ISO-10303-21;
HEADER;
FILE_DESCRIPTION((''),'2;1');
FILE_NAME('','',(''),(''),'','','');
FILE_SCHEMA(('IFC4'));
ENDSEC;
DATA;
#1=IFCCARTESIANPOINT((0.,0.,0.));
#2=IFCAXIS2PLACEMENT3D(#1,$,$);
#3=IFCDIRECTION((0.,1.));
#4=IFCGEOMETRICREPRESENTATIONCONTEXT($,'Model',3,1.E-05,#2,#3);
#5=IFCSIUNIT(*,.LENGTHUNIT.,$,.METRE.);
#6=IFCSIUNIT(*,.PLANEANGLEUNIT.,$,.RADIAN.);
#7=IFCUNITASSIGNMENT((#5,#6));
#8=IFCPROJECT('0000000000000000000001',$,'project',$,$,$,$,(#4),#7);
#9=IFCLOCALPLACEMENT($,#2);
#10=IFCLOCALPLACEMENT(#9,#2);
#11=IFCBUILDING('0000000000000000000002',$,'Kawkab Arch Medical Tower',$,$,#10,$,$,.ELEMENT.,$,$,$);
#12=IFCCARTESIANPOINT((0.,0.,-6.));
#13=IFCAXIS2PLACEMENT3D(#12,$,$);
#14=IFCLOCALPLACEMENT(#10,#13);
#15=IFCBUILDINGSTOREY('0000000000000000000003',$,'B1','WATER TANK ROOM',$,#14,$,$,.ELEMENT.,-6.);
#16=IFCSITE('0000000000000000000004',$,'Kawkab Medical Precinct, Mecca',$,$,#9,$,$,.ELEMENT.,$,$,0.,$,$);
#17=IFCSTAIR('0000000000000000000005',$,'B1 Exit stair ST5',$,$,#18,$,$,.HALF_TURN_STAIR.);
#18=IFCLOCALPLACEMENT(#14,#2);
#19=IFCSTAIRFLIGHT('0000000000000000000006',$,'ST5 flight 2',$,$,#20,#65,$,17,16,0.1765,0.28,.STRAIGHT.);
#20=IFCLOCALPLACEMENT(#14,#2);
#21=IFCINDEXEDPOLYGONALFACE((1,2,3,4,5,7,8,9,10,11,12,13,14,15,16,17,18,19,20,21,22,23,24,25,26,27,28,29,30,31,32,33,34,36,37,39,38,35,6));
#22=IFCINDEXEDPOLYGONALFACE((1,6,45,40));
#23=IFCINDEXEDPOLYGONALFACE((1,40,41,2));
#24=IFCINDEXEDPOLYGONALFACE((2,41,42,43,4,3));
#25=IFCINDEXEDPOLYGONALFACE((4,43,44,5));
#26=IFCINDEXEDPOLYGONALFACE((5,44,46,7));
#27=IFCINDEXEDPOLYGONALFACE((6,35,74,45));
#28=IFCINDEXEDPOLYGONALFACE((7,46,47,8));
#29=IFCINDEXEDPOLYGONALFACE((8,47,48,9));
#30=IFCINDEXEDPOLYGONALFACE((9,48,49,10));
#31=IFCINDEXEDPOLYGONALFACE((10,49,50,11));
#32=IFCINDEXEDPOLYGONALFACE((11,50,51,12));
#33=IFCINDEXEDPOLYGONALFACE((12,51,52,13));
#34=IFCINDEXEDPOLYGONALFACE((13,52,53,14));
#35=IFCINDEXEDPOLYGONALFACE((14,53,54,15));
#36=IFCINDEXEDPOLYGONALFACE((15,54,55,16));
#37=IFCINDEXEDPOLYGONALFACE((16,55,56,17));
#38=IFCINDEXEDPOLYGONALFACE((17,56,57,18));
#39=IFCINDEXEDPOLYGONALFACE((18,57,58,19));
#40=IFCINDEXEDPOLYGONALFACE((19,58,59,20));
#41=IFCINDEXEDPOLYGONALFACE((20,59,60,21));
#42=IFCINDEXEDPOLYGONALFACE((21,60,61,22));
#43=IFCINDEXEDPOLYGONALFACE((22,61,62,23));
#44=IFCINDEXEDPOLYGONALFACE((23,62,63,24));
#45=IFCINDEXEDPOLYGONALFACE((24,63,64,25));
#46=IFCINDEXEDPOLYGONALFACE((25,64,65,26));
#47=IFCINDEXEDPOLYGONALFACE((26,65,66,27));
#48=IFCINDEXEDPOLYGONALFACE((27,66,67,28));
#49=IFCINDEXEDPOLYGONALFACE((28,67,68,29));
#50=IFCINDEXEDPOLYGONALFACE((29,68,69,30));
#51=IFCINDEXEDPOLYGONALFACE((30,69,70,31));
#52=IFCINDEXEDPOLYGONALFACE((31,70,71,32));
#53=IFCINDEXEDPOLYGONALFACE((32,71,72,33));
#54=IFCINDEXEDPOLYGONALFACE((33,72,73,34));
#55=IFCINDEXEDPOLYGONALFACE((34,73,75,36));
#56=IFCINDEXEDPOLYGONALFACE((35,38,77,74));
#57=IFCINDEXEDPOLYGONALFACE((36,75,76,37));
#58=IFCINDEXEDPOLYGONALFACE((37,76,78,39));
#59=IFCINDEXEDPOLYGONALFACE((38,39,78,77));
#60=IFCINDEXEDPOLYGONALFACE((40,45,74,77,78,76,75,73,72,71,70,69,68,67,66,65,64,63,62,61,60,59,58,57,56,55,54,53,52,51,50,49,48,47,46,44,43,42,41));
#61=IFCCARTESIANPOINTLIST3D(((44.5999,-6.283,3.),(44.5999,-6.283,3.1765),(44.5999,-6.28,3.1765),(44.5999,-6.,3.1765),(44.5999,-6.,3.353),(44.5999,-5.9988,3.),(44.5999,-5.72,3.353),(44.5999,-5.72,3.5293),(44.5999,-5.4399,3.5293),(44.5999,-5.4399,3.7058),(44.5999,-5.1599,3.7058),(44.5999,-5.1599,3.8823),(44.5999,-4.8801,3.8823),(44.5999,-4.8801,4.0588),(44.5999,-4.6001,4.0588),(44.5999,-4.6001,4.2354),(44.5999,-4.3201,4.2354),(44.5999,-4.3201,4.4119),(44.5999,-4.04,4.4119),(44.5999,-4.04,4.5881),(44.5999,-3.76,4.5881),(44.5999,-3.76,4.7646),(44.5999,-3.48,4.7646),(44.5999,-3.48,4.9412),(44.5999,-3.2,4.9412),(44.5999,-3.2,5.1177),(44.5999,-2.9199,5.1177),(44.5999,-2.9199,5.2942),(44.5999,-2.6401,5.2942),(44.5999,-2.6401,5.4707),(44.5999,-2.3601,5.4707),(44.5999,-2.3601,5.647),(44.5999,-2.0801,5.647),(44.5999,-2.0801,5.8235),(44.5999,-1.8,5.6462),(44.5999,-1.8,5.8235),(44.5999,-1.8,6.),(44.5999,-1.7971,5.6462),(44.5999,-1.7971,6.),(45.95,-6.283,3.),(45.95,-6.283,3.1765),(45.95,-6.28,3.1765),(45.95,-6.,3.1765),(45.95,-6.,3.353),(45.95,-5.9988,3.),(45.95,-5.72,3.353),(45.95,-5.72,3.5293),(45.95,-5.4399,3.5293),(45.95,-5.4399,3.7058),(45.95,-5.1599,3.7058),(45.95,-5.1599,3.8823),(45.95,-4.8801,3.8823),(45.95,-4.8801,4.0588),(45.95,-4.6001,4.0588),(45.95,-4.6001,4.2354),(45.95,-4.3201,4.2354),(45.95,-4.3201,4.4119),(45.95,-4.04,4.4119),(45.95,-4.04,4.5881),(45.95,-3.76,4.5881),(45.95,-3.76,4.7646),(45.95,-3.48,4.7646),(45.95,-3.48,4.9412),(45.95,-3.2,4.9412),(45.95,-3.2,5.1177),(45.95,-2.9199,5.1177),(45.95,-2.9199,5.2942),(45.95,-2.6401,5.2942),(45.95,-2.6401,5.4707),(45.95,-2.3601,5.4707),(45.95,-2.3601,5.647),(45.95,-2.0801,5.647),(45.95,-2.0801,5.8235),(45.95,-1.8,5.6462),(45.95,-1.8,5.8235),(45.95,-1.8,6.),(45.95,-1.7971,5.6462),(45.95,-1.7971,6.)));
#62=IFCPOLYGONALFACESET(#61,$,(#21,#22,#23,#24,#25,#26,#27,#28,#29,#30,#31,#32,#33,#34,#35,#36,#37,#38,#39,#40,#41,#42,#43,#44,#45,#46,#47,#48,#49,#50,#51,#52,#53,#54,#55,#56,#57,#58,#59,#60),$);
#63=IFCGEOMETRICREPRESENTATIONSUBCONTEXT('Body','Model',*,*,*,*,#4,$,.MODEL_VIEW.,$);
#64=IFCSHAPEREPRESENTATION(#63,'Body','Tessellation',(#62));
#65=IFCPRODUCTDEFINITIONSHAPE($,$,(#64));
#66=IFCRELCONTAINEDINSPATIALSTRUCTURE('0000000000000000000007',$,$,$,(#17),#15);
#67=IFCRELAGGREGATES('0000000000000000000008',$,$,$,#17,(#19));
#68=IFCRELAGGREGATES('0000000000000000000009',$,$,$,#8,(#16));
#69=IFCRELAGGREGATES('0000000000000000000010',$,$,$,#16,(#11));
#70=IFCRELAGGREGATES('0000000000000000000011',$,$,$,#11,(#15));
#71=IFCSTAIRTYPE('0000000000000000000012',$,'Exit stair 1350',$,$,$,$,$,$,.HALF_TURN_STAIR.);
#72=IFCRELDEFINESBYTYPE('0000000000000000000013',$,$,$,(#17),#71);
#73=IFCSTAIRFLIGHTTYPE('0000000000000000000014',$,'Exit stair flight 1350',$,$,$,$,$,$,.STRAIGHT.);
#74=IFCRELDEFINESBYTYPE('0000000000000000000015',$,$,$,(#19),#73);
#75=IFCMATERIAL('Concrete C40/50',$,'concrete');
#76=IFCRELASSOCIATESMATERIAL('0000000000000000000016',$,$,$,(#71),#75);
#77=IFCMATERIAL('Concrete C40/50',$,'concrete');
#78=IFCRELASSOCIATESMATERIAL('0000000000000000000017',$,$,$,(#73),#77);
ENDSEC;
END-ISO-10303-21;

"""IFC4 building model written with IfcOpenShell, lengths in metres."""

from ifc_helpers import new_model, si_unit, direction, frame, origin, place, context, subcontext, project, spatial, polyline, outline, extrude, material, type_object, element, aggregate, save


model = new_model("IFC4")

# Units and contexts
model_context = context("Model", 3, precision=1e-05, world=origin(), true_north=direction((0.0, 1.0)))
body_context = subcontext(model_context, "Body", "Model", "MODEL_VIEW")
ifc_project = project(units=[si_unit("LENGTHUNIT", "METRE"), si_unit("PLANEANGLEUNIT", "RADIAN")], contexts=[model_context])

# Site, building, storey
site_placement = place(None, origin())
site = spatial("IfcSite", under=ifc_project, at=site_placement, Name="Kawkab Medical Precinct, Mecca", CompositionType="ELEMENT", RefElevation=0.0)
building_placement = place(site_placement, origin())
building = spatial("IfcBuilding", under=site, at=building_placement, Name="Kawkab Arch Medical Tower", CompositionType="ELEMENT")
storey_placement = place(building_placement, frame((0.0, 0.0, -6.0)))
storey = spatial("IfcBuildingStorey", under=building, at=storey_placement, Name="B1", Description="WATER TANK ROOM", CompositionType="ELEMENT", Elevation=-6.0)

# Stair, stair flight
ifc_material_1 = material(Name="Concrete C40/50", Category="concrete")
stair_type = type_object("IfcStairType", Name="Exit stair 1350", PredefinedType="HALF_TURN_STAIR", material=ifc_material_1)
stair_placement = place(storey_placement, origin())
stair = element("IfcStair", 1, at=stair_placement, inside=storey, type_object=stair_type, Name="B1 Exit stair ST5", PredefinedType="HALF_TURN_STAIR")
ifc_material_2 = material(Name="Concrete C40/50", Category="concrete")
stair_flight_type = type_object("IfcStairFlightType", Name="Exit stair flight 1350", PredefinedType="STRAIGHT", material=ifc_material_2)
stair_flight_1_placement = place(storey_placement, frame((45.2749, -6.28, 3.0), z_axis=(0.0, 0.0, 1.0), x_axis=(0.0, 1.0, 0.0)))
stair_flight_1 = element("IfcStairFlight", 2, at=stair_flight_1_placement, type_object=stair_flight_type, Name="ST5 flight 2", NumberOfRisers=17, NumberOfTreads=16, PredefinedType="STRAIGHT", RiserHeight=0.1765, TreadLength=0.28, context=body_context, shape_type="SweptSolid", body=[
    extrude(outline(polyline([(-0.0029, 0.0), (-0.0029, 0.1765), (0.0, 0.1765), (0.28, 0.1765), (0.28, 0.353), (0.5601, 0.353), (0.5601, 0.5293), (0.8401, 0.5293), (0.8401, 0.7058), (1.1201, 0.7058), (1.1201, 0.8823), (1.3999, 0.8823), (1.3999, 1.0588), (1.6799, 1.0588), (1.6799, 1.2354), (1.96, 1.2354), (1.96, 1.4119), (2.24, 1.4119), (2.24, 1.5881), (2.52, 1.5881), (2.52, 1.7646), (2.8, 1.7646), (2.8, 1.9412), (3.0801, 1.9412), (3.0801, 2.1177), (3.3601, 2.1177), (3.3601, 2.2942), (3.6399, 2.2942), (3.6399, 2.4707), (3.9199, 2.4707), (3.9199, 2.647), (4.2, 2.647), (4.2, 2.8235), (4.48, 2.8235), (4.48, 3.0), (4.4829, 3.0), (4.4829, 2.6462), (4.48, 2.6462), (0.2812, 0.0), (-0.0029, 0.0)])), frame((0.0, 0.675, 0.0), z_axis=(0.0, -1.0, 0.0), x_axis=(1.0, 0.0, 0.0)), (0.0, 0.0, 1.0), 1.3501),
])
aggregate(stair, [stair_flight_1])

save(model, "model.ifc")
